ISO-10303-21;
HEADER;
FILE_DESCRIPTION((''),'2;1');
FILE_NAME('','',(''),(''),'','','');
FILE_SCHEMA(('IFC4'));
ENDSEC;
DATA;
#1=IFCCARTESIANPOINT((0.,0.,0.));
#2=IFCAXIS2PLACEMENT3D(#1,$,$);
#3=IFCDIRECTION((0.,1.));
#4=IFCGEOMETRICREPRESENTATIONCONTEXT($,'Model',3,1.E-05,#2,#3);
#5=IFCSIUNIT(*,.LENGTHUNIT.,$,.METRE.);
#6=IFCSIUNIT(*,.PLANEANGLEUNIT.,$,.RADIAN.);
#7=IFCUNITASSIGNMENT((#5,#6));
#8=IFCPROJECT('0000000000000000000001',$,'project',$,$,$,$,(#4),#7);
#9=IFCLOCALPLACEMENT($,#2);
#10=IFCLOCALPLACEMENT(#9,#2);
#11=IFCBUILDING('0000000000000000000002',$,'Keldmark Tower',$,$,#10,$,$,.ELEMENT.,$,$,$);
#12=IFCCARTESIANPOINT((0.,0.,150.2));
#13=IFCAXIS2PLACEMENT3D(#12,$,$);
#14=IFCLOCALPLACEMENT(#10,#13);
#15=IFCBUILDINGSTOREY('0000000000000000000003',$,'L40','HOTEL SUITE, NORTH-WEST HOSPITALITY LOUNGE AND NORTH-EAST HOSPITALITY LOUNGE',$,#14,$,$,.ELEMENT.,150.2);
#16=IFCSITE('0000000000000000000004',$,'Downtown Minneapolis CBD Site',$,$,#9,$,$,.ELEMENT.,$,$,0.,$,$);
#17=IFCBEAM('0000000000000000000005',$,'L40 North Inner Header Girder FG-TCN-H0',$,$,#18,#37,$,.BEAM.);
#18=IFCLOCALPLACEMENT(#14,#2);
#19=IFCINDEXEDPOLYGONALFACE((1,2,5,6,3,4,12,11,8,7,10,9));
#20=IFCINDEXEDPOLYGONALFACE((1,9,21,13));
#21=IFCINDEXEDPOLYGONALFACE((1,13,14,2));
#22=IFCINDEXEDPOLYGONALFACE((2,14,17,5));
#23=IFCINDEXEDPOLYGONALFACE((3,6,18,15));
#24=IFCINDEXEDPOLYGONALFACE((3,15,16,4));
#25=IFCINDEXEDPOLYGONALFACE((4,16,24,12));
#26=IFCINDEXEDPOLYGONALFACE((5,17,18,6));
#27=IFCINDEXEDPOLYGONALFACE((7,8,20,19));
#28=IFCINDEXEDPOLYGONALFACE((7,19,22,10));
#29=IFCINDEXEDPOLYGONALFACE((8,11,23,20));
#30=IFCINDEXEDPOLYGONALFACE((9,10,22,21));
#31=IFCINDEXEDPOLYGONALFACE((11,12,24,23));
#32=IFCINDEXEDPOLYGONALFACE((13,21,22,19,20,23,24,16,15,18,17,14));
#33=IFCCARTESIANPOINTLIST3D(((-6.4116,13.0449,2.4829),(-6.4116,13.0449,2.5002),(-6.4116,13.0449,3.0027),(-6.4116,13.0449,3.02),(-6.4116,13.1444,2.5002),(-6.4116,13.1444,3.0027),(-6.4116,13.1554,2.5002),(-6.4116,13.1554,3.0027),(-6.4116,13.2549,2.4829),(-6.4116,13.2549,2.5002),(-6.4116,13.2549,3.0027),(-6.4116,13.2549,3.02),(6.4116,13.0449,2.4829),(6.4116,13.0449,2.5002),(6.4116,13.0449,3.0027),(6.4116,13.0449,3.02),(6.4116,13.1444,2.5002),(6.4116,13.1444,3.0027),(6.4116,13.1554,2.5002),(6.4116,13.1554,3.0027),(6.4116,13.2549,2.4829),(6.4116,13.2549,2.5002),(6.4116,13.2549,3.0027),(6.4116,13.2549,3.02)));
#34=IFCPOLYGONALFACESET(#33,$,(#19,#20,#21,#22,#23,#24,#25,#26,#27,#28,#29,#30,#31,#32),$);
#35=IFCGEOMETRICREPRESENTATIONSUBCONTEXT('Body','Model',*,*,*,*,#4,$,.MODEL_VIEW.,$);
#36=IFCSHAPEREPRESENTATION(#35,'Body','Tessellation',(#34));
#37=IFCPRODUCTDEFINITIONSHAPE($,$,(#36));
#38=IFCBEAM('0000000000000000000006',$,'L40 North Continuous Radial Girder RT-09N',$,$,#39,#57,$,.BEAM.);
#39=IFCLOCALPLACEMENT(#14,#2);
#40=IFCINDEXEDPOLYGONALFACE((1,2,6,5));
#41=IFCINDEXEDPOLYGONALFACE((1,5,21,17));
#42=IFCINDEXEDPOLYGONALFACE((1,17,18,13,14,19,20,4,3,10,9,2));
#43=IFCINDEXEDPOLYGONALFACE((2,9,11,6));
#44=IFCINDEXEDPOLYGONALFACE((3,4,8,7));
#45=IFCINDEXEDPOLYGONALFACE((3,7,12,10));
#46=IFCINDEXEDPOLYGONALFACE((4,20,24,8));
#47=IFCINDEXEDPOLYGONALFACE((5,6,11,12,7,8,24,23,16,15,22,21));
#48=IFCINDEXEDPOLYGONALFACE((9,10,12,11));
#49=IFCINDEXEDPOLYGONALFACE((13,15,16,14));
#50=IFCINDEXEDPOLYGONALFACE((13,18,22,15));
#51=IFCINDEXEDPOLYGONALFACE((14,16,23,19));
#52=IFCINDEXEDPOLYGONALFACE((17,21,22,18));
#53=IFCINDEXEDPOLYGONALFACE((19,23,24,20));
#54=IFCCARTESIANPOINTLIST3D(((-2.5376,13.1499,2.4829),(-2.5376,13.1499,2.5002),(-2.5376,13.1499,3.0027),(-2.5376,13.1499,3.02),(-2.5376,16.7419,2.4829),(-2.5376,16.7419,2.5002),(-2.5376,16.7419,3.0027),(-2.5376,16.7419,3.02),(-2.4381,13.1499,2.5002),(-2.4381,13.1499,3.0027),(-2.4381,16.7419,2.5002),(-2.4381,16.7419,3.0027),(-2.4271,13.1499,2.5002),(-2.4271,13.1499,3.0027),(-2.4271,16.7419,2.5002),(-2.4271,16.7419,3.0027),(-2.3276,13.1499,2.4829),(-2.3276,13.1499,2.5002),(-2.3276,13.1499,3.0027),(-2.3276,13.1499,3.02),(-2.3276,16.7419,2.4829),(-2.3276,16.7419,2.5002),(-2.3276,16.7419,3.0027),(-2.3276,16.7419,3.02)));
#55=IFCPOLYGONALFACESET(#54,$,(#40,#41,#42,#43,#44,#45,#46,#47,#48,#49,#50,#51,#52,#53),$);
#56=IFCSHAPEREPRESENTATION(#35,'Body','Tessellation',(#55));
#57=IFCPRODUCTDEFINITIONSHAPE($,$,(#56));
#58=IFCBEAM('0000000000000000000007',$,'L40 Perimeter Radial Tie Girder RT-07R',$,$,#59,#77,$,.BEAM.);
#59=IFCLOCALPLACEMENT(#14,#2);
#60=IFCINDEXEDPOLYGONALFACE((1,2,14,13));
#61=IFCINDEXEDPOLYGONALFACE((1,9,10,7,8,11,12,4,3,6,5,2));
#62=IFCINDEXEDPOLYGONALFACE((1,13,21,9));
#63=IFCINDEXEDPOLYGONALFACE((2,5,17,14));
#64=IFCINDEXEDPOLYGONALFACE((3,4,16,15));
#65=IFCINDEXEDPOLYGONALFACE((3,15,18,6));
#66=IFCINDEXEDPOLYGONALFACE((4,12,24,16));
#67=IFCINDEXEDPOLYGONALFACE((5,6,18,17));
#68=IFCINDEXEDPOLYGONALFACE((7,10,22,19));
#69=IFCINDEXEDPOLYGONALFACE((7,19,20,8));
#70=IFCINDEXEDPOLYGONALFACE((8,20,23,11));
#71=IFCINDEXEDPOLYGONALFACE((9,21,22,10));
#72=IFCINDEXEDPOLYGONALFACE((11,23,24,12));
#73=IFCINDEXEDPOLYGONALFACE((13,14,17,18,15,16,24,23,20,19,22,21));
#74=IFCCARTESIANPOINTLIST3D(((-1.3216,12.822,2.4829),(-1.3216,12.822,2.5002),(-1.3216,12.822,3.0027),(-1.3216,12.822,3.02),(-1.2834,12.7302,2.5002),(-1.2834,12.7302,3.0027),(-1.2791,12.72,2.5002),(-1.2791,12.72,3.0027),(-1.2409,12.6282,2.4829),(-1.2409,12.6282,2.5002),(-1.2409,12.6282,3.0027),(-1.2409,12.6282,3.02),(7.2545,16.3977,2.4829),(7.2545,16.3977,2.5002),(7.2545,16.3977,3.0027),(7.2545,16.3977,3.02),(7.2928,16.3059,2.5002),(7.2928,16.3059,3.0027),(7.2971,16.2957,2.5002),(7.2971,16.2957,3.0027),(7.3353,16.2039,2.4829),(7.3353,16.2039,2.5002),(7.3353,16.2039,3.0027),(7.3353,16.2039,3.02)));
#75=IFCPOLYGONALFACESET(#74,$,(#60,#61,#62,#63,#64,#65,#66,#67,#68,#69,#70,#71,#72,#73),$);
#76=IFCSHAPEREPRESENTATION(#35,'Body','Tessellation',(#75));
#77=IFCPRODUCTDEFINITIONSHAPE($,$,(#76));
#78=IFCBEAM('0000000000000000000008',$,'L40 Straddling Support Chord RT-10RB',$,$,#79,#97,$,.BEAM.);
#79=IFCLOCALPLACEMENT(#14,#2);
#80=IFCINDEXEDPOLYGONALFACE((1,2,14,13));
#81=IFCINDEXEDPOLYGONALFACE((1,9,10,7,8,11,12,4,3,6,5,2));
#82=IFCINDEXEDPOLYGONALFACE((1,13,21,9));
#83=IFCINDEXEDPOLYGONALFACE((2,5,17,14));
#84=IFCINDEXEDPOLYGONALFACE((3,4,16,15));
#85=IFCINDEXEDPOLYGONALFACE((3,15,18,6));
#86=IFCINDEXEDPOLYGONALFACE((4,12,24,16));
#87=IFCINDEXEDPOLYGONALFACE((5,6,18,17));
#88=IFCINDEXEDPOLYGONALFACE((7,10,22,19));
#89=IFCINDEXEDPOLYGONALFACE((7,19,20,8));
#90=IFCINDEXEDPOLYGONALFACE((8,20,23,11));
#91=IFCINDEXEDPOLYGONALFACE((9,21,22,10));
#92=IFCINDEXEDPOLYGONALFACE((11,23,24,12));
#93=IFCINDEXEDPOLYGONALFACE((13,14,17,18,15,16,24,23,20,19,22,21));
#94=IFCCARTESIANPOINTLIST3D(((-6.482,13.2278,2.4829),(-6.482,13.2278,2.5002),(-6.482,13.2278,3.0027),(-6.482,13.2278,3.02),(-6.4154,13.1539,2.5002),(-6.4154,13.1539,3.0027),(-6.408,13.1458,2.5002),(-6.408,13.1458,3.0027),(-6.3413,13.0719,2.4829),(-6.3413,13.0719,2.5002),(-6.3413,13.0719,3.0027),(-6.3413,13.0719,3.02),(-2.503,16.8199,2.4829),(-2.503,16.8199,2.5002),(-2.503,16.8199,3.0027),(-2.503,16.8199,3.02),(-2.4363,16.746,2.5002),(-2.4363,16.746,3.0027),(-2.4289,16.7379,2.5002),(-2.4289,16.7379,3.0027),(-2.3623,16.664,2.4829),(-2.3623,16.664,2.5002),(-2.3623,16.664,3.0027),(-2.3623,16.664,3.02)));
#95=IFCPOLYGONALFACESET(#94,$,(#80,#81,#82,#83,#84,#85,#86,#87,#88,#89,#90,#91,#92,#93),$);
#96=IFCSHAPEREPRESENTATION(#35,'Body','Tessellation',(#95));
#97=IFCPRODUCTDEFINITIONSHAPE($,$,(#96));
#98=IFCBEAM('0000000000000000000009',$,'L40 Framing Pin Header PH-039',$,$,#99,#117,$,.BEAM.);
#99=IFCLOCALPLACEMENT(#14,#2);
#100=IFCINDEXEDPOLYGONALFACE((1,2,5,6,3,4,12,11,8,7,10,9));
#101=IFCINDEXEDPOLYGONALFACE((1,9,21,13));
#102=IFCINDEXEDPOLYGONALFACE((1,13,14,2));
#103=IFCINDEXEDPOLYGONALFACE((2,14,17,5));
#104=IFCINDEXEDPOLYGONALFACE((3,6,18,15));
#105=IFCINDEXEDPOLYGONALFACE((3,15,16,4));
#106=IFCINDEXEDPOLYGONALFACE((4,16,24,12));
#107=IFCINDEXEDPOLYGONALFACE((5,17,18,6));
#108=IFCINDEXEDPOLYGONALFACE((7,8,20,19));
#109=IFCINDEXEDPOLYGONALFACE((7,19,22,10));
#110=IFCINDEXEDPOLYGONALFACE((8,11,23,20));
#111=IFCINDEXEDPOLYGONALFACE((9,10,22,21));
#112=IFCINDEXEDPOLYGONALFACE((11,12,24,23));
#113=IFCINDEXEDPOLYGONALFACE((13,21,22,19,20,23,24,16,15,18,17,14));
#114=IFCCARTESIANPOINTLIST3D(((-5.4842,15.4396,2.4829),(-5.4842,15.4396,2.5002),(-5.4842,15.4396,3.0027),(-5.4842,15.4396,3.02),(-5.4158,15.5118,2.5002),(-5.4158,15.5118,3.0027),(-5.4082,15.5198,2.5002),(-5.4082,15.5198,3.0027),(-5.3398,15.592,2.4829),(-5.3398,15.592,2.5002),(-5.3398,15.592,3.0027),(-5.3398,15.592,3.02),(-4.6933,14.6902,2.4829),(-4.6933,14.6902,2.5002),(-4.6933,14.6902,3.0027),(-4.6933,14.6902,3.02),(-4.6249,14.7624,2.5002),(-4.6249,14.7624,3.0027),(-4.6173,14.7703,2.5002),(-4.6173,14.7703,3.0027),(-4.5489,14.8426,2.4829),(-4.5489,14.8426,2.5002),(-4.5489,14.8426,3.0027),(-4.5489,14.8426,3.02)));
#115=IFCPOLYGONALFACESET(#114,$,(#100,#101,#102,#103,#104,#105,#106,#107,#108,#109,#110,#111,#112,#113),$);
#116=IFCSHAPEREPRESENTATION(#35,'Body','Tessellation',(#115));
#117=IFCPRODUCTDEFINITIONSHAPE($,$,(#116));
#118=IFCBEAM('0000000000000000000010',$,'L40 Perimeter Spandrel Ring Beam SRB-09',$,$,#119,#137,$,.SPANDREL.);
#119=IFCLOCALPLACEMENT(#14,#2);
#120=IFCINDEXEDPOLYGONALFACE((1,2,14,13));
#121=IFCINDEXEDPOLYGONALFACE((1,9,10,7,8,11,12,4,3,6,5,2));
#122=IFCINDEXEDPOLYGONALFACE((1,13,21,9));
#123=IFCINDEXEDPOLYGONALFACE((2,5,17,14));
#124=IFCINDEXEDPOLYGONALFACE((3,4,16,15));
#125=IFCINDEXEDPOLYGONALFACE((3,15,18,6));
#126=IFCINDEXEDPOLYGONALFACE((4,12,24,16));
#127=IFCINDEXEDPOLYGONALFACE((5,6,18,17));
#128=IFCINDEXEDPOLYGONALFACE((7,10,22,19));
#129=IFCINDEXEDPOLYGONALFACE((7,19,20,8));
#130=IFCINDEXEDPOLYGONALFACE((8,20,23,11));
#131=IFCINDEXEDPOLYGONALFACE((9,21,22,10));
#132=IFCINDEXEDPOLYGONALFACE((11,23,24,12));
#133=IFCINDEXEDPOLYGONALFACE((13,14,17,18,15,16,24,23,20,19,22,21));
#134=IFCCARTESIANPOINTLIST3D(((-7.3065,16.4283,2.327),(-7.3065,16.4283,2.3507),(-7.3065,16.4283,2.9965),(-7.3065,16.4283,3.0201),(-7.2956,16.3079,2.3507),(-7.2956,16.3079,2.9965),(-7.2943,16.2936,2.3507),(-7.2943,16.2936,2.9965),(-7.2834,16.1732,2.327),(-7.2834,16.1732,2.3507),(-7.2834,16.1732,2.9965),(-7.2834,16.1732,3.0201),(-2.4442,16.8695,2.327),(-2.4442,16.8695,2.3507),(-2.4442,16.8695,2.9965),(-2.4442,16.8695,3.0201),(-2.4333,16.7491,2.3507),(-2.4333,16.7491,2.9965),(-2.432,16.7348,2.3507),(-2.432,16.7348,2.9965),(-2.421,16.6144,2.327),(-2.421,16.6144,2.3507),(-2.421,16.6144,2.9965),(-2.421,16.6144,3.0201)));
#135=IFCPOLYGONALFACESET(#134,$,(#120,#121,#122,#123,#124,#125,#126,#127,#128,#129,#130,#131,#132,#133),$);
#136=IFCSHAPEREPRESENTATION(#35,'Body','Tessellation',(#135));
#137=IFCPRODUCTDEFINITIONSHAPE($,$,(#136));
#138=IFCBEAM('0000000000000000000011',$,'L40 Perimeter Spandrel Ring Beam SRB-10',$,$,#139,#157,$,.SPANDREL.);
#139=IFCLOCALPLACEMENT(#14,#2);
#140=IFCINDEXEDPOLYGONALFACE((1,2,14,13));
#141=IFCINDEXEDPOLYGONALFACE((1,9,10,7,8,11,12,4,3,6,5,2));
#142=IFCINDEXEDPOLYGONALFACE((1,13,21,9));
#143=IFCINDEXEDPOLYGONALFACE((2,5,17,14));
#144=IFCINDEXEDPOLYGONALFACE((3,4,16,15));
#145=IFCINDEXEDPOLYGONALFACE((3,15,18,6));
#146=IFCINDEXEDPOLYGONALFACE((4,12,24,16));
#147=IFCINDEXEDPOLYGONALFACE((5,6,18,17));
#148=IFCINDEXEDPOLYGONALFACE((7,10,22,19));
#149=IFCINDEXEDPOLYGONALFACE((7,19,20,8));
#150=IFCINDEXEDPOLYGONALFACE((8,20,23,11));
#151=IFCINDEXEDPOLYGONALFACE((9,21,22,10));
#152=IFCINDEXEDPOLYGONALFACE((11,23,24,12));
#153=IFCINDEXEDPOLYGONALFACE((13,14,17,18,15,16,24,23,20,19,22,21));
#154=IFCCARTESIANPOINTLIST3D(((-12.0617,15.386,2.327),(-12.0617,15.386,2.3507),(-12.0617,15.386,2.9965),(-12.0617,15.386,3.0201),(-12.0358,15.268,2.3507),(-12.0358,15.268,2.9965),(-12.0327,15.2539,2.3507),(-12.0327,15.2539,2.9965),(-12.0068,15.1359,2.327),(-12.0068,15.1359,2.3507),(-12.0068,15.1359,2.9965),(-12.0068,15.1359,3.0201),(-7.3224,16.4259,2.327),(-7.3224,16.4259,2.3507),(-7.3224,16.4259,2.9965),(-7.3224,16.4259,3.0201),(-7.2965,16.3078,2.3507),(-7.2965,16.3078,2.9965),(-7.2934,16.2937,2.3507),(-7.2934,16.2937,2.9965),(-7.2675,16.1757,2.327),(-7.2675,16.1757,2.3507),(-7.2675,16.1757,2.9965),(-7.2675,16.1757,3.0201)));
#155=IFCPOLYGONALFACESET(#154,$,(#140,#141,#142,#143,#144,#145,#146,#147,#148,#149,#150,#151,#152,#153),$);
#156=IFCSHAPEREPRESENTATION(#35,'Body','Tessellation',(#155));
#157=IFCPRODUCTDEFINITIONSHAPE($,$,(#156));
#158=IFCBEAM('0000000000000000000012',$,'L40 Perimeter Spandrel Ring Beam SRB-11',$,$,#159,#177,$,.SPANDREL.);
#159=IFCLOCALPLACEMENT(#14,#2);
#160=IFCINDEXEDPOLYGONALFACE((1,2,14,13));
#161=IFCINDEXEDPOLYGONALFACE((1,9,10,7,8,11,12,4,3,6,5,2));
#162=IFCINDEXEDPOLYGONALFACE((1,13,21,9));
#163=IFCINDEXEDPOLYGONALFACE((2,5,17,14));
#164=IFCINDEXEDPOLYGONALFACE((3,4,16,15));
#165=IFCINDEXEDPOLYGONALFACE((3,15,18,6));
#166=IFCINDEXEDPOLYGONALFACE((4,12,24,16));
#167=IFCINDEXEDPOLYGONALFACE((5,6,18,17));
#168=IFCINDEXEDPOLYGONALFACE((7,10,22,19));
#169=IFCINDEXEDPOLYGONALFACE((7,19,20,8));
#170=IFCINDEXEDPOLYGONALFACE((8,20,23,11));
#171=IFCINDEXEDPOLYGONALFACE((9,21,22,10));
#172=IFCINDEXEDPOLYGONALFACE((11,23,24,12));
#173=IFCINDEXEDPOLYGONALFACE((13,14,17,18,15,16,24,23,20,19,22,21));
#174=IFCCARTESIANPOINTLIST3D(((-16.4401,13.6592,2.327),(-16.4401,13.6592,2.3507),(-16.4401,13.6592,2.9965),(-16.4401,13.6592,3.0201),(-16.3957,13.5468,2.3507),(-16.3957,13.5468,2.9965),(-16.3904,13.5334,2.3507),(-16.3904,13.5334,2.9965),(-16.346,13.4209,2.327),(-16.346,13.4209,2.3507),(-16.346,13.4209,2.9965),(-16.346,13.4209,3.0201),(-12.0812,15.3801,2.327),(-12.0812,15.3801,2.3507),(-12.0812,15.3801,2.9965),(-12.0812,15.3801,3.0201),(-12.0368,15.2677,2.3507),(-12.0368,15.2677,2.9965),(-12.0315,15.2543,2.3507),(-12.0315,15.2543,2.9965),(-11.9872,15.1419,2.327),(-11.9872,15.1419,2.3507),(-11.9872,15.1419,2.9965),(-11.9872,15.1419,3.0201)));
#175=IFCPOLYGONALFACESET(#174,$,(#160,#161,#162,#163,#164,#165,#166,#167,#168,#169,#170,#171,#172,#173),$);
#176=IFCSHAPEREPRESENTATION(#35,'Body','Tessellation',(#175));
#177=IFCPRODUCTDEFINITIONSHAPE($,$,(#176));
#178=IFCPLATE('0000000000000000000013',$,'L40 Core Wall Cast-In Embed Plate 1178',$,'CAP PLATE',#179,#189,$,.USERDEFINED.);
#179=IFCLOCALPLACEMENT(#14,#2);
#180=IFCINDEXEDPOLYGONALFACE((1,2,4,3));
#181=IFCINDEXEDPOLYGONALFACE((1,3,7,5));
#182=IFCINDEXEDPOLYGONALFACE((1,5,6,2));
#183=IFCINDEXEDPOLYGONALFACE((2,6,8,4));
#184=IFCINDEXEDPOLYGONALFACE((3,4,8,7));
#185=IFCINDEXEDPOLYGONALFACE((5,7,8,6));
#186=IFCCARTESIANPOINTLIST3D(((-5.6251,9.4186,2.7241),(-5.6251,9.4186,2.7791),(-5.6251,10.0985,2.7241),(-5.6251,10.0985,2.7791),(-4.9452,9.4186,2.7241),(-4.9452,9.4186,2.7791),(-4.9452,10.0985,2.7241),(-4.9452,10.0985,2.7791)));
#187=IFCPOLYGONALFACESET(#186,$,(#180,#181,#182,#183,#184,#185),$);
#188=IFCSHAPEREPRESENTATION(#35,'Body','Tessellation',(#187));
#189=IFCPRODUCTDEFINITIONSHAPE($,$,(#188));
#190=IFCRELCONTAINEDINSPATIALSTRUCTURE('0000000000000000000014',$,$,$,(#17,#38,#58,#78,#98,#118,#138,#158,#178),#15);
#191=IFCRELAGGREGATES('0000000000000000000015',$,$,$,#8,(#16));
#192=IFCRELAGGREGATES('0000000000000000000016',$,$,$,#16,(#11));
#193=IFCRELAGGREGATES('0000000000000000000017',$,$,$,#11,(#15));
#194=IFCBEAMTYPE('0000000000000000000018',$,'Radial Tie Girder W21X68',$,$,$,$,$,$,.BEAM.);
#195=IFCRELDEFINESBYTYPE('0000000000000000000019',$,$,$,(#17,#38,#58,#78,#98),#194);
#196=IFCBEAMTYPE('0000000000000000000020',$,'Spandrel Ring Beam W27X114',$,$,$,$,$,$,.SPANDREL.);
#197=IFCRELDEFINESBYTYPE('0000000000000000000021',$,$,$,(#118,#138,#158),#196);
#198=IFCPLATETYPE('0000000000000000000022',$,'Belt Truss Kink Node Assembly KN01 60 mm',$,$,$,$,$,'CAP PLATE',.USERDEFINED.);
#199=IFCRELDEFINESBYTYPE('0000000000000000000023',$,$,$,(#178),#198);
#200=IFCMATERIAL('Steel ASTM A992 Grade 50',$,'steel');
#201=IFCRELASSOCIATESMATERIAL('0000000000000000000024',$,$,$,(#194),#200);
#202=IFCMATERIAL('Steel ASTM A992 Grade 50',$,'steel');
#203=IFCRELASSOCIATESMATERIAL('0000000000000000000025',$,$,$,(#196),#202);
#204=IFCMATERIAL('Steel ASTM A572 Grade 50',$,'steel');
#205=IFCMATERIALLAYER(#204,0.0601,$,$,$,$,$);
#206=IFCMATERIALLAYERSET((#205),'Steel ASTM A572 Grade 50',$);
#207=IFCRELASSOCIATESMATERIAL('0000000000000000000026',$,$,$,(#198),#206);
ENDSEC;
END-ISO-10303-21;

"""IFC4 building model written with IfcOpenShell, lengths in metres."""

from ifc_helpers import new_model, si_unit, direction, frame, origin, origin_2d, place, context, subcontext, project, spatial, rectangle, i_section, extrude, material, layer, layer_set, material_profile, profile_set, type_object, element, save


model = new_model("IFC4")

# Units and contexts
model_context = context("Model", 3, precision=1e-05, world=origin(), true_north=direction((0.0, 1.0)))
body_context = subcontext(model_context, "Body", "Model", "MODEL_VIEW")
ifc_project = project(units=[si_unit("LENGTHUNIT", "METRE"), si_unit("PLANEANGLEUNIT", "RADIAN")], contexts=[model_context])

# Site, building, storey
site_placement = place(None, origin())
site = spatial("IfcSite", under=ifc_project, at=site_placement, Name="Downtown Minneapolis CBD Site", CompositionType="ELEMENT", RefElevation=0.0)
building_placement = place(site_placement, origin())
building = spatial("IfcBuilding", under=site, at=building_placement, Name="Keldmark Tower", CompositionType="ELEMENT")
storey_placement = place(building_placement, frame((0.0, 0.0, 150.2)))
storey = spatial("IfcBuildingStorey", under=building, at=storey_placement, Name="L40", Description="HOTEL SUITE, NORTH-WEST HOSPITALITY LOUNGE AND NORTH-EAST HOSPITALITY LOUNGE", CompositionType="ELEMENT", Elevation=150.2)

# Beams
ifc_material_1 = material(Name="Steel ASTM A992 Grade 50", Category="steel")
ifc_material_profile_1 = material_profile(ifc_material_1, i_section(OverallWidth=0.21, OverallDepth=0.5371, WebThickness=0.011, FlangeThickness=0.0173, at=origin_2d()), Name="W21X68")
ifc_profile_set_1 = profile_set([ifc_material_profile_1], Name="Steel ASTM A992 Grade 50")
beam_type_1 = type_object("IfcBeamType", Name="Radial Tie Girder W21X68", PredefinedType="BEAM", material=ifc_profile_set_1)
beam_1_placement = place(storey_placement, frame((-6.4116, 13.1499, 2.7515), z_axis=(1.0, 0.0, 0.0), x_axis=(0.0, 1.0, 0.0)))
element("IfcBeam", 1, at=beam_1_placement, inside=storey, type_object=beam_type_1, Name="L40 North Inner Header Girder FG-TCN-H0", PredefinedType="BEAM", context=body_context, shape_type="SweptSolid", body=[
    extrude(i_section(OverallWidth=0.21, OverallDepth=0.5371, WebThickness=0.011, FlangeThickness=0.0173, at=origin_2d()), origin(), (0.0, 0.0, 1.0), 12.8232),
])
beam_2_placement = place(storey_placement, frame((-2.4326, 13.1499, 2.7515), z_axis=(0.0, 1.0, 0.0), x_axis=(-1.0, 0.0, 0.0)))
element("IfcBeam", 2, at=beam_2_placement, inside=storey, type_object=beam_type_1, Name="L40 North Continuous Radial Girder RT-09N", PredefinedType="BEAM", context=body_context, shape_type="SweptSolid", body=[
    extrude(i_section(OverallWidth=0.21, OverallDepth=0.5371, WebThickness=0.011, FlangeThickness=0.0173, at=origin_2d()), origin(), (0.0, 0.0, 1.0), 3.592),
])
beam_3_placement = place(storey_placement, frame((-1.2812, 12.7251, 2.7515), z_axis=(0.92299, 0.384824, 0.0), x_axis=(-0.384824, 0.92299, 0.0)))
element("IfcBeam", 3, at=beam_3_placement, inside=storey, type_object=beam_type_1, Name="L40 Perimeter Radial Tie Girder RT-07R", PredefinedType="BEAM", context=body_context, shape_type="SweptSolid", body=[
    extrude(i_section(OverallWidth=0.21, OverallDepth=0.5371, WebThickness=0.011, FlangeThickness=0.0173, at=origin_2d()), origin(), (0.0, 0.0, 1.0), 9.2917),
])
beam_4_placement = place(storey_placement, frame((-2.4326, 16.7419, 2.7515), z_axis=(-0.742279, -0.670091, 0.0), x_axis=(0.670091, -0.742279, 0.0)))
element("IfcBeam", 4, at=beam_4_placement, inside=storey, type_object=beam_type_1, Name="L40 Straddling Support Chord RT-10RB", PredefinedType="BEAM", context=body_context, shape_type="SweptSolid", body=[
    extrude(i_section(OverallWidth=0.21, OverallDepth=0.5371, WebThickness=0.011, FlangeThickness=0.0173, at=origin_2d()), origin(), (0.0, 0.0, 1.0), 5.3606),
])
beam_5_placement = place(storey_placement, frame((-4.6211, 14.7664, 2.7515), z_axis=(-0.725894, 0.687807, 0.0), x_axis=(-0.687807, -0.725894, 0.0)))
element("IfcBeam", 5, at=beam_5_placement, inside=storey, type_object=beam_type_1, Name="L40 Framing Pin Header PH-039", PredefinedType="BEAM", context=body_context, shape_type="SweptSolid", body=[
    extrude(i_section(OverallWidth=0.21, OverallDepth=0.5371, WebThickness=0.011, FlangeThickness=0.0173, at=origin_2d()), origin(), (0.0, 0.0, 1.0), 1.0896),
])
ifc_material_2 = material(Name="Steel ASTM A992 Grade 50", Category="steel")
ifc_material_profile_2 = material_profile(ifc_material_2, i_section(OverallWidth=0.2561, OverallDepth=0.6931, WebThickness=0.0144, FlangeThickness=0.0237, at=origin_2d()), Name="W27X114")
ifc_profile_set_2 = profile_set([ifc_material_profile_2], Name="Steel ASTM A992 Grade 50")
beam_type_2 = type_object("IfcBeamType", Name="Spandrel Ring Beam W27X114", PredefinedType="SPANDREL", material=ifc_profile_set_2)
beam_6_placement = place(storey_placement, frame((-2.4326, 16.7419, 2.6736), z_axis=(-0.995909, -0.09036, 0.0), x_axis=(0.09036, -0.995909, 0.0)))
element("IfcBeam", 6, at=beam_6_placement, inside=storey, type_object=beam_type_2, Name="L40 Perimeter Spandrel Ring Beam SRB-09", PredefinedType="SPANDREL", context=body_context, shape_type="SweptSolid", body=[
    extrude(i_section(OverallWidth=0.2561, OverallDepth=0.6931, WebThickness=0.0144, FlangeThickness=0.0237, at=origin_2d()), origin(), (0.0, 0.0, 1.0), 4.8823),
])
beam_7_placement = place(storey_placement, frame((-7.2949, 16.3008, 2.6736), z_axis=(-0.976767, -0.214303, 0.0), x_axis=(0.214303, -0.976767, 0.0)))
element("IfcBeam", 7, at=beam_7_placement, inside=storey, type_object=beam_type_2, Name="L40 Perimeter Spandrel Ring Beam SRB-10", PredefinedType="SPANDREL", context=body_context, shape_type="SweptSolid", body=[
    extrude(i_section(OverallWidth=0.2561, OverallDepth=0.6931, WebThickness=0.0144, FlangeThickness=0.0237, at=origin_2d()), origin(), (0.0, 0.0, 1.0), 4.8521),
])
beam_8_placement = place(storey_placement, frame((-12.0342, 15.261, 2.6736), z_axis=(-0.930131, -0.367228, 0.0), x_axis=(0.367228, -0.930131, 0.0)))
element("IfcBeam", 8, at=beam_8_placement, inside=storey, type_object=beam_type_2, Name="L40 Perimeter Spandrel Ring Beam SRB-11", PredefinedType="SPANDREL", context=body_context, shape_type="SweptSolid", body=[
    extrude(i_section(OverallWidth=0.2561, OverallDepth=0.6931, WebThickness=0.0144, FlangeThickness=0.0237, at=origin_2d()), origin(), (0.0, 0.0, 1.0), 4.6863),
])

# Plate
ifc_material_3 = material(Name="Steel ASTM A572 Grade 50", Category="steel")
ifc_layer_1 = layer(ifc_material_3, 0.0601)
ifc_layer_set_1 = layer_set([ifc_layer_1], Name="Steel ASTM A572 Grade 50")
plate_type_1 = type_object("IfcPlateType", Name="Belt Truss Kink Node Assembly KN01 60 mm", ElementType="CAP PLATE", PredefinedType="USERDEFINED", material=ifc_layer_set_1)
for number, where, z_axis, x_axis, name in (
    (9, (-5.2852, 9.7585, 2.7241), (0.0, 0.0, 1.0), (1.0, 0.0, 0.0), "L40 Core Wall Cast-In Embed Plate 1178"),
):
    element("IfcPlate", number, at=place(storey_placement, frame(where, z_axis=z_axis, x_axis=x_axis)), inside=storey, type_object=plate_type_1, Name=name, ObjectType="CAP PLATE", PredefinedType="USERDEFINED", context=body_context, shape_type="SweptSolid", body=[
        extrude(rectangle(XDim=0.6799, YDim=0.6799, at=origin_2d()), origin(), (0.0, 0.0, 1.0), 0.0549),
    ])

save(model, "model.ifc")
